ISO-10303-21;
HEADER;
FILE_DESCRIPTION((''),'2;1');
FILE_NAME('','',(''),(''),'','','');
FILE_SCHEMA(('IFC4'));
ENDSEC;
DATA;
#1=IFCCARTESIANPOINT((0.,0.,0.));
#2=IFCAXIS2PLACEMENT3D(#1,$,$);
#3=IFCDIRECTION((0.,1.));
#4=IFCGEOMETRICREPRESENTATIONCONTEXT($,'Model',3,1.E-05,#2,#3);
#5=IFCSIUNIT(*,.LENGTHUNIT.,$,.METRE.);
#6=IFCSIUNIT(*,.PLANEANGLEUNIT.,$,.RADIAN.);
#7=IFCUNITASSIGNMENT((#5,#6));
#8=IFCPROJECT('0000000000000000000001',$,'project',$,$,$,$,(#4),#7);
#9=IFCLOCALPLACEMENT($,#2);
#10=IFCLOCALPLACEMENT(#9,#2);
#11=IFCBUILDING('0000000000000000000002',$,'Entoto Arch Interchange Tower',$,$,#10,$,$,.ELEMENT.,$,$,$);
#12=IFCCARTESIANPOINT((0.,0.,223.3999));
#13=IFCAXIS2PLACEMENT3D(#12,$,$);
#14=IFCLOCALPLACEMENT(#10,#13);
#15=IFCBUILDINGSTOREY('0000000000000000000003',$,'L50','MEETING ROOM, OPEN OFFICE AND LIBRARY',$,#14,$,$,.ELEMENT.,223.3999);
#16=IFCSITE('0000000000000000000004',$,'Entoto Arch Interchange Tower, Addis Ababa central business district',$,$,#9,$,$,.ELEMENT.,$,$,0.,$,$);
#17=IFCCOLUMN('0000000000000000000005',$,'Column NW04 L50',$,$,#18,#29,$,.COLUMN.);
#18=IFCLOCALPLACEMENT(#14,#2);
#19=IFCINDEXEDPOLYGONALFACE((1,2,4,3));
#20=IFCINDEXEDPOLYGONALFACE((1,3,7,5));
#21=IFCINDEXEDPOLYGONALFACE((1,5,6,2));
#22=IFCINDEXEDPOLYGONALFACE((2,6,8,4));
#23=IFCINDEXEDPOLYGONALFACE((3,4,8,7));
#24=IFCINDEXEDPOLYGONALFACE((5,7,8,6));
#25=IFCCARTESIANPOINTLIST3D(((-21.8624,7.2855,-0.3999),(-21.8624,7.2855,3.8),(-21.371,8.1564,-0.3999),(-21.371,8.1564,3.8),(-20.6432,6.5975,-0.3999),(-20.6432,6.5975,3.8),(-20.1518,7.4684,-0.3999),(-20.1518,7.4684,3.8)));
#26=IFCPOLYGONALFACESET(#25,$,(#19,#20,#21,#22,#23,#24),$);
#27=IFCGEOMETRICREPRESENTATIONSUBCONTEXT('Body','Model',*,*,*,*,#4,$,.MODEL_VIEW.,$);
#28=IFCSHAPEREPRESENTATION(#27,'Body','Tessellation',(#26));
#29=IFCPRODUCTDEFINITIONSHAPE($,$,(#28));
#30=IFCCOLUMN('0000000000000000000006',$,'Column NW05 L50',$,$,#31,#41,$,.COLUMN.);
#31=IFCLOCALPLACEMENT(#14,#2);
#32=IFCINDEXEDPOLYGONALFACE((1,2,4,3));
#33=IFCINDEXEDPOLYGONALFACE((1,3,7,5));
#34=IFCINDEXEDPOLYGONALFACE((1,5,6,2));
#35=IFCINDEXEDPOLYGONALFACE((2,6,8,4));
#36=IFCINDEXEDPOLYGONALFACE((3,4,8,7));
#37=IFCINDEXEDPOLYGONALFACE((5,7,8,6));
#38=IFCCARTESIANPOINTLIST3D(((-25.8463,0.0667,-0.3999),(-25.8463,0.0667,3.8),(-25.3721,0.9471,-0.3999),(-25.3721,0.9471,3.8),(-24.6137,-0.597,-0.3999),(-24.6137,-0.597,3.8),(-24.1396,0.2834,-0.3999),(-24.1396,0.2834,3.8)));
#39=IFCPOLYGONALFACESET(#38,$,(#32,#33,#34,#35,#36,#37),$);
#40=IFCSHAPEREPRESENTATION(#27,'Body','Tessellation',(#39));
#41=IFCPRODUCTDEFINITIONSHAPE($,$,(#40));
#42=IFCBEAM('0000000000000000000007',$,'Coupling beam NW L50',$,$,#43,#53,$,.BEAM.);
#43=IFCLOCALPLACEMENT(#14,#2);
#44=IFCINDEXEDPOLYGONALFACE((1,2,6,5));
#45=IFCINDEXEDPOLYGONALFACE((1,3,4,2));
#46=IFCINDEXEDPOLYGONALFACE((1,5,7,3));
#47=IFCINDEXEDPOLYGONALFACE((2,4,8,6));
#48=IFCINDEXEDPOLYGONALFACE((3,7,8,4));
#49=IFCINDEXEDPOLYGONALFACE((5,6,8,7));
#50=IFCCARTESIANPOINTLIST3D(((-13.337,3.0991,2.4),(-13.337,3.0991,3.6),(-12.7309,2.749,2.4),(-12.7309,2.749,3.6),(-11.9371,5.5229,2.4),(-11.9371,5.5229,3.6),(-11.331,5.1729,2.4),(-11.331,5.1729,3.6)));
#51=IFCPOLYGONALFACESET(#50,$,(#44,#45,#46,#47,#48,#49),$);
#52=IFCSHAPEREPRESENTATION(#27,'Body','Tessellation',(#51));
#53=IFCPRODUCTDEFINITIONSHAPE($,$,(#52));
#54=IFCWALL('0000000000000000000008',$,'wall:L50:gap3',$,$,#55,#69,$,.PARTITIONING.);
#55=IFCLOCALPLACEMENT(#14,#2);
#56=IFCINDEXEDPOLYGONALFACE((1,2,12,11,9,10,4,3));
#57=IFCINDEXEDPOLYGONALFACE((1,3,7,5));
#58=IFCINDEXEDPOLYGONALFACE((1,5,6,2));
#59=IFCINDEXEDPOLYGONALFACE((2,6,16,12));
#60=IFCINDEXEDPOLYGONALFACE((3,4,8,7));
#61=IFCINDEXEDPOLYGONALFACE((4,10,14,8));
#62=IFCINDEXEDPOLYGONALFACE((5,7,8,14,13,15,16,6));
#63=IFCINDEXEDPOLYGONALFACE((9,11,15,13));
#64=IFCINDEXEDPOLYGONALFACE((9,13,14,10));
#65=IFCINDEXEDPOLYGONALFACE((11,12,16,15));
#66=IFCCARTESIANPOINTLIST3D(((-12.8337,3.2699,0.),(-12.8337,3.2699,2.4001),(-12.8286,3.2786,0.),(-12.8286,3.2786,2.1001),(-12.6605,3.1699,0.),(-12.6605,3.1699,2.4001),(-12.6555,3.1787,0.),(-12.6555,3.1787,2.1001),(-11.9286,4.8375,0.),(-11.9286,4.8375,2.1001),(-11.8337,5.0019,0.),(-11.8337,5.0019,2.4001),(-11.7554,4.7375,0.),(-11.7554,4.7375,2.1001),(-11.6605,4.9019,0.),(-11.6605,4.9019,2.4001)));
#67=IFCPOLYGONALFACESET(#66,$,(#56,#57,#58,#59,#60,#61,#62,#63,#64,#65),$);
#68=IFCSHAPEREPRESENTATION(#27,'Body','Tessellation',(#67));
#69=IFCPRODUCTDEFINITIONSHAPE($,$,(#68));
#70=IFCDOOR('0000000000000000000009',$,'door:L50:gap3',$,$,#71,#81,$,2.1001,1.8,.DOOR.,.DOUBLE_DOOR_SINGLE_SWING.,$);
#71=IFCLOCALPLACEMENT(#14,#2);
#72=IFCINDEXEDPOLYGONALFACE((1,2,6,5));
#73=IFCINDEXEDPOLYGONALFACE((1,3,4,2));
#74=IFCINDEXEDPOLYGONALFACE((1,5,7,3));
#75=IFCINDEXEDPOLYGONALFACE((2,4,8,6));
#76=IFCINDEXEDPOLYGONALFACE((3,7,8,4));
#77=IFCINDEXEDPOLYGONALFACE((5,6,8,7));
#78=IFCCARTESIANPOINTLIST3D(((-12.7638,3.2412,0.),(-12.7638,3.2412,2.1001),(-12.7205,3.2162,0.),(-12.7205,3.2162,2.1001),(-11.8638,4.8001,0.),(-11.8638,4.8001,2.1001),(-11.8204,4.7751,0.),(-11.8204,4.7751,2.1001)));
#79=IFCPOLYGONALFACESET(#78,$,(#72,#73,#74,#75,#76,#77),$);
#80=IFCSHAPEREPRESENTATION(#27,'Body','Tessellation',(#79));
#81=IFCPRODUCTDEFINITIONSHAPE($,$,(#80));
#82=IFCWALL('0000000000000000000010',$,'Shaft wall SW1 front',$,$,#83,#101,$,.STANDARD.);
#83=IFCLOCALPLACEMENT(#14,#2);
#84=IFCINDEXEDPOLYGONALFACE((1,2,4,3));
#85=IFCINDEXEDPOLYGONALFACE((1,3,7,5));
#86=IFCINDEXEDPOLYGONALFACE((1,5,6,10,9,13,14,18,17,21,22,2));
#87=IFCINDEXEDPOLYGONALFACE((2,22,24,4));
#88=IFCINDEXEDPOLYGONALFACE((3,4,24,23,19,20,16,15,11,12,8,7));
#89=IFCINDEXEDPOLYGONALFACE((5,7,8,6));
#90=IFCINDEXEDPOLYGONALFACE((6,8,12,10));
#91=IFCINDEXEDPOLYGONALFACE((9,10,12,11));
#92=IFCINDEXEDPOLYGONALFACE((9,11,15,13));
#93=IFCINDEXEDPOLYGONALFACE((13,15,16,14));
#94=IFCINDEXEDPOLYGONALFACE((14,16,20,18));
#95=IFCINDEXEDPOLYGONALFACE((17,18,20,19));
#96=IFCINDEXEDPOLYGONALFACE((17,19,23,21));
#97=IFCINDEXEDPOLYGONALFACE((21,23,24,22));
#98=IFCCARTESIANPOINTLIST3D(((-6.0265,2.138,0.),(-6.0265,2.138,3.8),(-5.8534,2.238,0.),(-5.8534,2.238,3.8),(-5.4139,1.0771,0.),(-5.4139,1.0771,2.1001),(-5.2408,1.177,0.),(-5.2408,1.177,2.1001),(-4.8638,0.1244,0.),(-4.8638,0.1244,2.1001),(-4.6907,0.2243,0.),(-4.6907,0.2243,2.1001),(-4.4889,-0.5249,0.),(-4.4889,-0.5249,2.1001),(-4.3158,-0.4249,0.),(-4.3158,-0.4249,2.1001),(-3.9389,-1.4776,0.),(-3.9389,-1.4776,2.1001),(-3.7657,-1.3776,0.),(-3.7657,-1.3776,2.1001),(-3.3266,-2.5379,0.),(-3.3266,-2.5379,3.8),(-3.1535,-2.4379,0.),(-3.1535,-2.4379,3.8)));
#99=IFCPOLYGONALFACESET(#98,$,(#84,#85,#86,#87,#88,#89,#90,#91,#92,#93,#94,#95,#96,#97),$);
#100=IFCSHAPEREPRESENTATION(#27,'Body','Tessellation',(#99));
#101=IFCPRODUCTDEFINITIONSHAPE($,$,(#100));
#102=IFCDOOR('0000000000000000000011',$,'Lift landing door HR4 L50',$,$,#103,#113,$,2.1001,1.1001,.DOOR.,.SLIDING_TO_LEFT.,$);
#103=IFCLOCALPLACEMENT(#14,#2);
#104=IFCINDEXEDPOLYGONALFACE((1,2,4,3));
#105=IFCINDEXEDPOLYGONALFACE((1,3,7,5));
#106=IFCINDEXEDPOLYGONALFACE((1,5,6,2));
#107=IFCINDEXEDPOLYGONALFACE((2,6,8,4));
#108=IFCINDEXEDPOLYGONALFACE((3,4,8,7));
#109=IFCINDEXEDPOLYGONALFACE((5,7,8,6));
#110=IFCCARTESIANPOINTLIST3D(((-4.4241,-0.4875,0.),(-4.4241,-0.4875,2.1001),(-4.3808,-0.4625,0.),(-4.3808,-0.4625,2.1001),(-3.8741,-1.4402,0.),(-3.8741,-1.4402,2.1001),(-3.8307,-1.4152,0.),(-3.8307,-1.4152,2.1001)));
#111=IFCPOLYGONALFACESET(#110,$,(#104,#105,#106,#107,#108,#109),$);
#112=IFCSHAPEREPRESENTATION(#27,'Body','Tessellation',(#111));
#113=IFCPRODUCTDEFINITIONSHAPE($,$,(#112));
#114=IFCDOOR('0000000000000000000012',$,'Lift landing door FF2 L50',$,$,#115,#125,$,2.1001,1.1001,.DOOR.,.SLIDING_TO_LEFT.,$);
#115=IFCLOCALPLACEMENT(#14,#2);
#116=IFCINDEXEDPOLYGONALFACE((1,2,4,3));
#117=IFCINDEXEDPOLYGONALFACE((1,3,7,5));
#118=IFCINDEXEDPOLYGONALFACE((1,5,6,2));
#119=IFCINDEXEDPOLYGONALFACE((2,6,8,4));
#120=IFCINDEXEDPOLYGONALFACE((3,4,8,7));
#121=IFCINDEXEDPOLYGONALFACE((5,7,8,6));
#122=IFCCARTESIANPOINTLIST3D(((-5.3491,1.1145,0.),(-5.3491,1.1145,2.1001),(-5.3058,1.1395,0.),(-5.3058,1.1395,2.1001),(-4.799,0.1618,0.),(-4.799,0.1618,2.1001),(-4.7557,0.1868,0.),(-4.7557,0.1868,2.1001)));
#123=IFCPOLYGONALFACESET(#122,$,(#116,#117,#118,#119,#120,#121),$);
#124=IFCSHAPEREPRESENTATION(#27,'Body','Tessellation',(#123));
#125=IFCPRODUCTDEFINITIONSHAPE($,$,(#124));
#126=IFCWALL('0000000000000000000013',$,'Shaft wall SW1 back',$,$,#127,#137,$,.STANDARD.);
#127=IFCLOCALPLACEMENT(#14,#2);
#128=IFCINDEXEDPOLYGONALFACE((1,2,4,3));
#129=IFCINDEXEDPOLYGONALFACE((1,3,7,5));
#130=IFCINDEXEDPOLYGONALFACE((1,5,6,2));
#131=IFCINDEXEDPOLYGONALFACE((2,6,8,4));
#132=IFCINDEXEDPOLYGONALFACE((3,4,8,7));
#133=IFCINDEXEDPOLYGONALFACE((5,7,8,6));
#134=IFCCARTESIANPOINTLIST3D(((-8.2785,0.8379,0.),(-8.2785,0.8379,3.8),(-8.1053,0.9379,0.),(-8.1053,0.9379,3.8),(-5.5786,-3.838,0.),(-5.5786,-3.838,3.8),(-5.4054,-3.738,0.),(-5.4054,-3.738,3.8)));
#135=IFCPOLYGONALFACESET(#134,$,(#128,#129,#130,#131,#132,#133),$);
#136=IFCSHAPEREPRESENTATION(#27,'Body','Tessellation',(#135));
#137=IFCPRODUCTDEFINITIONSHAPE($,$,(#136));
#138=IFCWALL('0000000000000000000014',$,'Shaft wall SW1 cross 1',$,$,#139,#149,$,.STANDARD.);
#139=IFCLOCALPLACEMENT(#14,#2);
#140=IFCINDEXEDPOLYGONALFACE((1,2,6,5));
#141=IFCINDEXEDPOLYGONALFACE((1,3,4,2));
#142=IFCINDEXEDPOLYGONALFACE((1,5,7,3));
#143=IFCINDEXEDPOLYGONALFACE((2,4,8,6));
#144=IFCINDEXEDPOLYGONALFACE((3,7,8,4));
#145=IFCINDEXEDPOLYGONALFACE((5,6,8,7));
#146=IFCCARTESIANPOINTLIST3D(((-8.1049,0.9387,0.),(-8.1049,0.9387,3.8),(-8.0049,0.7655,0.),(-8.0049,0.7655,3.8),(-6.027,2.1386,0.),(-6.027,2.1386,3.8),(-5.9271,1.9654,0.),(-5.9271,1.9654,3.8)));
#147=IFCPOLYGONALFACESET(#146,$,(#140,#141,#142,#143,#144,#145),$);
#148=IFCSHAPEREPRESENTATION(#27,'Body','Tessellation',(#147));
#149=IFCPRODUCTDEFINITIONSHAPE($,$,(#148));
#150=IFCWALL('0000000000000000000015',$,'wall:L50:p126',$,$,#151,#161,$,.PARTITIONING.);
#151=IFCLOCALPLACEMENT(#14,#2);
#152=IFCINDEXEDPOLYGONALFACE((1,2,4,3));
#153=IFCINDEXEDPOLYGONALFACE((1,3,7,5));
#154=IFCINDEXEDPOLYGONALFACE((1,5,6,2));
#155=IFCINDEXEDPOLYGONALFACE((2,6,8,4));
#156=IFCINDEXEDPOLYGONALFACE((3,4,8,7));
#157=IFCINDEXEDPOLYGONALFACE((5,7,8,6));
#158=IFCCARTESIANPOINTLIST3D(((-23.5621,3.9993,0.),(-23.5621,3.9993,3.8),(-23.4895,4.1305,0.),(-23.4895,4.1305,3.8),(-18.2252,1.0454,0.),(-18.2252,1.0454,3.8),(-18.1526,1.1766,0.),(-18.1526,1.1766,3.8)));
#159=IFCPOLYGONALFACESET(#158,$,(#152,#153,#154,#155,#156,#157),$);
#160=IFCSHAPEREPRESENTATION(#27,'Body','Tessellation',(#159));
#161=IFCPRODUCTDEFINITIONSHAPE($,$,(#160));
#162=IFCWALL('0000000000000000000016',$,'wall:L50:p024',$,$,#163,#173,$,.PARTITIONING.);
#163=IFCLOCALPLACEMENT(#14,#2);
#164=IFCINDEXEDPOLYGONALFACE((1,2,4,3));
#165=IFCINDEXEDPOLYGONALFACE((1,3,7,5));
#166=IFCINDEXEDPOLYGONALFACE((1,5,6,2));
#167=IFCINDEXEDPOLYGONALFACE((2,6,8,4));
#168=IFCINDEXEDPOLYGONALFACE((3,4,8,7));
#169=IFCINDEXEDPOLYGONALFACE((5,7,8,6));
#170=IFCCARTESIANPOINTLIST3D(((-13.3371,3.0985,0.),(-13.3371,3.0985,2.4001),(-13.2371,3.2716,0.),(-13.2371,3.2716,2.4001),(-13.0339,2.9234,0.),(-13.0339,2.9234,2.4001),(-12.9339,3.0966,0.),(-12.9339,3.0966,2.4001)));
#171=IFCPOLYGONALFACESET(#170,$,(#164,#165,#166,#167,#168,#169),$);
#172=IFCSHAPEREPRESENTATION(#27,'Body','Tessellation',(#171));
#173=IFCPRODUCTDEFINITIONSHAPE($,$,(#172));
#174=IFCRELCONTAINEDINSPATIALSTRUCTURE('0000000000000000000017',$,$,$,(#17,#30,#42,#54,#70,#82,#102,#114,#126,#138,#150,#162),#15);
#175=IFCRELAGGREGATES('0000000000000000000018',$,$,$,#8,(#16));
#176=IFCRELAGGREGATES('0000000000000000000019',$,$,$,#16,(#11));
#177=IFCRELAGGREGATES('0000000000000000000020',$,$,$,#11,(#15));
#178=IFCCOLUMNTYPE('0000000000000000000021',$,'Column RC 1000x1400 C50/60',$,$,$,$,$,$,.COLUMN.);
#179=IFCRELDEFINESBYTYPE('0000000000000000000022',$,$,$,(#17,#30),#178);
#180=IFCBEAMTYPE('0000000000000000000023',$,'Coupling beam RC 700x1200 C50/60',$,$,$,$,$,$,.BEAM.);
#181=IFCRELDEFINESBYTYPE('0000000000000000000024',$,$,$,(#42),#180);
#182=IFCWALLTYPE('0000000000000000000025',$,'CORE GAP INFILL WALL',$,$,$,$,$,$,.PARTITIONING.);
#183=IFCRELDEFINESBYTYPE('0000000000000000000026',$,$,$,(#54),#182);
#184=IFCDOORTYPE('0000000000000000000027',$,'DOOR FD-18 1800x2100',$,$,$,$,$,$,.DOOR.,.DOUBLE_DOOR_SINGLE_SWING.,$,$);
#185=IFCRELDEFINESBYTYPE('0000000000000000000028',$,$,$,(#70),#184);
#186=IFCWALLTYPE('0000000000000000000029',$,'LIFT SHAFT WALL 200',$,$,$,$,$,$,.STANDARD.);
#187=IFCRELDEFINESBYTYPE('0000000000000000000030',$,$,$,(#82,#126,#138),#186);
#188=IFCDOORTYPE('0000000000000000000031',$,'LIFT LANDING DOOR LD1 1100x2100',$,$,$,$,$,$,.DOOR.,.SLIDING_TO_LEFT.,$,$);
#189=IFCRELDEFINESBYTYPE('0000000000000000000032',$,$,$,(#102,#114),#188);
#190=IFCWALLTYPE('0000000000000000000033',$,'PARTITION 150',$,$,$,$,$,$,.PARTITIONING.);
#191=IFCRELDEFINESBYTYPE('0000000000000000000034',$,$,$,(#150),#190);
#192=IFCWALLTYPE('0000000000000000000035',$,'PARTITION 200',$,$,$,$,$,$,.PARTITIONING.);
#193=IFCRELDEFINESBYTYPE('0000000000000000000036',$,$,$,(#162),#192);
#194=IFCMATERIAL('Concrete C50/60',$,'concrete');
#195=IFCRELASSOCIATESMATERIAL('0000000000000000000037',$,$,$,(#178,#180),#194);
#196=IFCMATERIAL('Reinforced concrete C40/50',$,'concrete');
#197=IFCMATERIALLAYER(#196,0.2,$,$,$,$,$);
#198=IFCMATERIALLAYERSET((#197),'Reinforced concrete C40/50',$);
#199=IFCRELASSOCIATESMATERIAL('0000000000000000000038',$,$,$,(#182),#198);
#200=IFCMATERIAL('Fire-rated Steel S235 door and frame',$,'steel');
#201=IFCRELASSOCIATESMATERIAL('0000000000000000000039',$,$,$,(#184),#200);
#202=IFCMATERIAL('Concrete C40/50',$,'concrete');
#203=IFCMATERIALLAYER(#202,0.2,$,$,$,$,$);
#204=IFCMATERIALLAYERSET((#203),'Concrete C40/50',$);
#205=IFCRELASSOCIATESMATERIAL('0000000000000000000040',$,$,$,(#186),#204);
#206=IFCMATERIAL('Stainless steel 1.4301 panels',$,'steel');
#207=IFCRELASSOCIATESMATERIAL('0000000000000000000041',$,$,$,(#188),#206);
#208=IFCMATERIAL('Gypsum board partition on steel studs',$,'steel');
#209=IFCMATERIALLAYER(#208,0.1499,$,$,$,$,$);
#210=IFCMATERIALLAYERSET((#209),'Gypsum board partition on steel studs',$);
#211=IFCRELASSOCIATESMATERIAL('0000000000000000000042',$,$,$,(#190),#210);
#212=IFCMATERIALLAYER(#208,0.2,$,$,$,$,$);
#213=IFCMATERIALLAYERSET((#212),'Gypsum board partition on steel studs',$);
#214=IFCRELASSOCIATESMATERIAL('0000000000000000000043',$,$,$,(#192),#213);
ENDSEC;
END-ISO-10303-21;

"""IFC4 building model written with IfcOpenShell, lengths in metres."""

from ifc_helpers import new_model, si_unit, direction, frame, frame_2d, origin, origin_2d, place, context, subcontext, project, spatial, rectangle, extrude, material, layer, layer_set, material_profile, profile_set, type_object, element, fill, save


model = new_model("IFC4")

# Units and contexts
model_context = context("Model", 3, precision=1e-05, world=origin(), true_north=direction((0.0, 1.0)))
body_context = subcontext(model_context, "Body", "Model", "MODEL_VIEW")
ifc_project = project(units=[si_unit("LENGTHUNIT", "METRE"), si_unit("PLANEANGLEUNIT", "RADIAN")], contexts=[model_context])

# Site, building, storey
site_placement = place(None, origin())
site = spatial("IfcSite", under=ifc_project, at=site_placement, Name="Entoto Arch Interchange Tower, Addis Ababa central business district", CompositionType="ELEMENT", RefElevation=0.0)
building_placement = place(site_placement, origin())
building = spatial("IfcBuilding", under=site, at=building_placement, Name="Entoto Arch Interchange Tower", CompositionType="ELEMENT")
storey_placement = place(building_placement, frame((0.0, 0.0, 223.3999)))
storey = spatial("IfcBuildingStorey", under=building, at=storey_placement, Name="L50", Description="MEETING ROOM, OPEN OFFICE AND LIBRARY", CompositionType="ELEMENT", Elevation=223.3999)

# Columns
ifc_material_1 = material(Name="Concrete C50/60", Category="concrete")
ifc_material_profile_1 = material_profile(ifc_material_1, rectangle(XDim=1.0, YDim=1.3999, at=origin_2d()))
ifc_profile_set_1 = profile_set([ifc_material_profile_1], Name="Concrete C50/60")
column_type = type_object("IfcColumnType", Name="Column RC 1000x1400 C50/60", PredefinedType="COLUMN", material=ifc_profile_set_1)
for number, where, z_axis, x_axis, name in (
    (1, (-21.0071, 7.377, -0.3999), (0.0, 0.0, 1.0), (0.491436, 0.870914, 0.0), "Column NW04 L50"),
    (2, (-24.9929, 0.175, -0.3999), (0.0, 0.0, 1.0), (0.474134, 0.880453, 0.0), "Column NW05 L50"),
):
    element("IfcColumn", number, at=place(storey_placement, frame(where, z_axis=z_axis, x_axis=x_axis)), inside=storey, type_object=column_type, Name=name, PredefinedType="COLUMN", context=body_context, shape_type="SweptSolid", body=[
        extrude(rectangle(XDim=1.0, YDim=1.3999, at=origin_2d()), origin(), (0.0, 0.0, 1.0), 4.2),
    ])

# Beam
ifc_material_profile_2 = material_profile(ifc_material_1, rectangle(XDim=0.7, YDim=1.2, at=origin_2d()))
ifc_profile_set_2 = profile_set([ifc_material_profile_2], Name="Concrete C50/60")
beam_type = type_object("IfcBeamType", Name="Coupling beam RC 700x1200 C50/60", PredefinedType="BEAM", material=ifc_profile_set_2)
beam_placement = place(storey_placement, frame((-11.634, 5.3479, 3.0), z_axis=(-0.500135, -0.865947, 0.0), x_axis=(0.865947, -0.500135, 0.0)))
element("IfcBeam", 3, at=beam_placement, inside=storey, type_object=beam_type, Name="Coupling beam NW L50", PredefinedType="BEAM", context=body_context, shape_type="SweptSolid", body=[
    extrude(rectangle(XDim=0.7, YDim=1.2, at=origin_2d()), origin(), (0.0, 0.0, 1.0), 2.7991),
])

# Wall, opening, door
ifc_material_2 = material(Name="Reinforced concrete C40/50", Category="concrete")
ifc_layer_1 = layer(ifc_material_2, 0.2)
ifc_layer_set_1 = layer_set([ifc_layer_1], Name="Reinforced concrete C40/50")
wall_type_1 = type_object("IfcWallType", Name="CORE GAP INFILL WALL", PredefinedType="PARTITIONING", material=ifc_layer_set_1)
wall_1_placement = place(storey_placement, frame((-11.7471, 4.9519, 0.0), z_axis=(0.0, 0.0, 1.0), x_axis=(-0.500025, -0.866011, 0.0)))
wall_1 = element("IfcWall", 4, at=wall_1_placement, inside=storey, type_object=wall_type_1, Name="wall:L50:gap3", PredefinedType="PARTITIONING", context=body_context, shape_type="SweptSolid", body=[
    extrude(rectangle(XDim=2.0, YDim=0.2, at=frame_2d((1.0, 0.0))), origin(), (0.0, 0.0, 1.0), 2.4001),
])
opening_1_placement = place(wall_1_placement, frame((0.1899, 0.0, 0.0)))
opening_1 = element("IfcOpeningElement", 5, at=opening_1_placement, cuts=wall_1, PredefinedType="OPENING", context=body_context, shape_type="SweptSolid", body=[
    extrude(rectangle(XDim=1.8, YDim=2.1001, at=frame_2d((0.8999, 1.05))), frame((0.0, 0.1099, 0.0), z_axis=(0.0, -1.0, 0.0), x_axis=(1.0, 0.0, 0.0)), (0.0, 0.0, 1.0), 0.22),
])
ifc_material_3 = material(Name="Fire-rated Steel S235 door and frame", Category="steel")
door_type_1 = type_object("IfcDoorType", Name="DOOR FD-18 1800x2100", OperationType="DOUBLE_DOOR_SINGLE_SWING", PredefinedType="DOOR", material=ifc_material_3)
door_1_placement = place(opening_1_placement, origin())
door_1 = element("IfcDoor", 6, at=door_1_placement, inside=storey, type_object=door_type_1, Name="door:L50:gap3", OperationType="DOUBLE_DOOR_SINGLE_SWING", OverallHeight=2.1001, OverallWidth=1.8, PredefinedType="DOOR", context=body_context, shape_type="SweptSolid", body=[
    extrude(rectangle(XDim=1.8, YDim=2.1001, at=frame_2d((0.8999, 1.05))), frame((0.0, 0.0249, 0.0), z_axis=(0.0, -1.0, 0.0), x_axis=(1.0, 0.0, 0.0)), (0.0, 0.0, 1.0), 0.05),
])
fill(opening_1, door_1)

# Wall, openings, doors
ifc_material_4 = material(Name="Concrete C40/50", Category="concrete")
ifc_layer_2 = layer(ifc_material_4, 0.2)
ifc_layer_set_2 = layer_set([ifc_layer_2], Name="Concrete C40/50")
wall_type_2 = type_object("IfcWallType", Name="LIFT SHAFT WALL 200", PredefinedType="STANDARD", material=ifc_layer_set_2)
wall_2_placement = place(storey_placement, frame((-5.9399, 2.188, 0.0), z_axis=(0.0, 0.0, 1.0), x_axis=(0.500034, -0.866006, 0.0)))
wall_2 = element("IfcWall", 7, at=wall_2_placement, inside=storey, type_object=wall_type_2, Name="Shaft wall SW1 front", PredefinedType="STANDARD", context=body_context, shape_type="SweptSolid", body=[
    extrude(rectangle(XDim=5.3994, YDim=0.2, at=frame_2d((2.6997, 0.0))), origin(), (0.0, 0.0, 1.0), 3.8),
])
opening_2_placement = place(wall_2_placement, frame((3.075, 0.0, 0.0)))
opening_2 = element("IfcOpeningElement", 8, at=opening_2_placement, cuts=wall_2, PredefinedType="OPENING", context=body_context, shape_type="SweptSolid", body=[
    extrude(rectangle(XDim=1.1001, YDim=2.1001, at=frame_2d((0.55, 1.05))), frame((0.0, 0.1099, 0.0), z_axis=(0.0, -1.0, 0.0), x_axis=(1.0, 0.0, 0.0)), (0.0, 0.0, 1.0), 0.22),
])
opening_3_placement = place(wall_2_placement, frame((1.2251, 0.0, 0.0)))
opening_3 = element("IfcOpeningElement", 9, at=opening_3_placement, cuts=wall_2, PredefinedType="OPENING", context=body_context, shape_type="SweptSolid", body=[
    extrude(rectangle(XDim=1.1001, YDim=2.1001, at=frame_2d((0.55, 1.05))), frame((0.0, 0.1099, 0.0), z_axis=(0.0, -1.0, 0.0), x_axis=(1.0, 0.0, 0.0)), (0.0, 0.0, 1.0), 0.22),
])
ifc_material_5 = material(Name="Stainless steel 1.4301 panels", Category="steel")
door_type_2 = type_object("IfcDoorType", Name="LIFT LANDING DOOR LD1 1100x2100", OperationType="SLIDING_TO_LEFT", PredefinedType="DOOR", material=ifc_material_5)
door_2_placement = place(opening_2_placement, origin())
door_2 = element("IfcDoor", 10, at=door_2_placement, inside=storey, type_object=door_type_2, Name="Lift landing door HR4 L50", OperationType="SLIDING_TO_LEFT", OverallHeight=2.1001, OverallWidth=1.1001, PredefinedType="DOOR", context=body_context, shape_type="SweptSolid", body=[
    extrude(rectangle(XDim=1.1001, YDim=2.1001, at=frame_2d((0.55, 1.05))), frame((0.0, 0.0249, 0.0), z_axis=(0.0, -1.0, 0.0), x_axis=(1.0, 0.0, 0.0)), (0.0, 0.0, 1.0), 0.05),
])
fill(opening_2, door_2)
door_3_placement = place(opening_3_placement, origin())
door_3 = element("IfcDoor", 11, at=door_3_placement, inside=storey, type_object=door_type_2, Name="Lift landing door FF2 L50", OperationType="SLIDING_TO_LEFT", OverallHeight=2.1001, OverallWidth=1.1001, PredefinedType="DOOR", context=body_context, shape_type="SweptSolid", body=[
    extrude(rectangle(XDim=1.1001, YDim=2.1001, at=frame_2d((0.55, 1.05))), frame((0.0, 0.0249, 0.0), z_axis=(0.0, -1.0, 0.0), x_axis=(1.0, 0.0, 0.0)), (0.0, 0.0, 1.0), 0.05),
])
fill(opening_3, door_3)

# Walls
wall_3_placement = place(storey_placement, frame((-8.1919, 0.8879, 0.0), z_axis=(0.0, 0.0, 1.0), x_axis=(0.500034, -0.866006, 0.0)))
element("IfcWall", 12, at=wall_3_placement, inside=storey, type_object=wall_type_2, Name="Shaft wall SW1 back", PredefinedType="STANDARD", context=body_context, shape_type="SweptSolid", body=[
    extrude(rectangle(XDim=5.3994, YDim=0.2, at=frame_2d((2.6997, 0.0))), origin(), (0.0, 0.0, 1.0), 3.8),
])
wall_4_placement = place(storey_placement, frame((-5.9771, 2.052, 0.0), z_axis=(0.0, 0.0, 1.0), x_axis=(-0.865974, -0.500089, 0.0)))
element("IfcWall", 13, at=wall_4_placement, inside=storey, type_object=wall_type_2, Name="Shaft wall SW1 cross 1", PredefinedType="STANDARD", context=body_context, shape_type="SweptSolid", body=[
    extrude(rectangle(XDim=2.3994, YDim=0.2, at=frame_2d((1.1997, 0.0))), origin(), (0.0, 0.0, 1.0), 3.8),
])
ifc_material_6 = material(Name="Gypsum board partition on steel studs", Category="steel")
ifc_layer_3 = layer(ifc_material_6, 0.1499)
ifc_layer_set_3 = layer_set([ifc_layer_3], Name="Gypsum board partition on steel studs")
wall_type_3 = type_object("IfcWallType", Name="PARTITION 150", PredefinedType="PARTITIONING", material=ifc_layer_set_3)
wall_5_placement = place(storey_placement, frame((-18.189, 1.1111, 0.0), z_axis=(0.0, 0.0, 1.0), x_axis=(-0.874928, 0.484252, 0.0)))
element("IfcWall", 14, at=wall_5_placement, inside=storey, type_object=wall_type_3, Name="wall:L50:p126", PredefinedType="PARTITIONING", context=body_context, shape_type="SweptSolid", body=[
    extrude(rectangle(XDim=6.0999, YDim=0.1499, at=frame_2d((3.0498, 0.0))), origin(), (0.0, 0.0, 1.0), 3.8),
])
ifc_layer_4 = layer(ifc_material_6, 0.2)
ifc_layer_set_4 = layer_set([ifc_layer_4], Name="Gypsum board partition on steel studs")
wall_type_4 = type_object("IfcWallType", Name="PARTITION 200", PredefinedType="PARTITIONING", material=ifc_layer_set_4)
wall_6_placement = place(storey_placement, frame((-12.9839, 3.01, 0.0), z_axis=(0.0, 0.0, 1.0), x_axis=(-0.866046, 0.499964, 0.0)))
element("IfcWall", 15, at=wall_6_placement, inside=storey, type_object=wall_type_4, Name="wall:L50:p024", PredefinedType="PARTITIONING", context=body_context, shape_type="SweptSolid", body=[
    extrude(rectangle(XDim=0.3501, YDim=0.2, at=frame_2d((0.175, 0.0))), origin(), (0.0, 0.0, 1.0), 2.4001),
])

save(model, "model.ifc")
